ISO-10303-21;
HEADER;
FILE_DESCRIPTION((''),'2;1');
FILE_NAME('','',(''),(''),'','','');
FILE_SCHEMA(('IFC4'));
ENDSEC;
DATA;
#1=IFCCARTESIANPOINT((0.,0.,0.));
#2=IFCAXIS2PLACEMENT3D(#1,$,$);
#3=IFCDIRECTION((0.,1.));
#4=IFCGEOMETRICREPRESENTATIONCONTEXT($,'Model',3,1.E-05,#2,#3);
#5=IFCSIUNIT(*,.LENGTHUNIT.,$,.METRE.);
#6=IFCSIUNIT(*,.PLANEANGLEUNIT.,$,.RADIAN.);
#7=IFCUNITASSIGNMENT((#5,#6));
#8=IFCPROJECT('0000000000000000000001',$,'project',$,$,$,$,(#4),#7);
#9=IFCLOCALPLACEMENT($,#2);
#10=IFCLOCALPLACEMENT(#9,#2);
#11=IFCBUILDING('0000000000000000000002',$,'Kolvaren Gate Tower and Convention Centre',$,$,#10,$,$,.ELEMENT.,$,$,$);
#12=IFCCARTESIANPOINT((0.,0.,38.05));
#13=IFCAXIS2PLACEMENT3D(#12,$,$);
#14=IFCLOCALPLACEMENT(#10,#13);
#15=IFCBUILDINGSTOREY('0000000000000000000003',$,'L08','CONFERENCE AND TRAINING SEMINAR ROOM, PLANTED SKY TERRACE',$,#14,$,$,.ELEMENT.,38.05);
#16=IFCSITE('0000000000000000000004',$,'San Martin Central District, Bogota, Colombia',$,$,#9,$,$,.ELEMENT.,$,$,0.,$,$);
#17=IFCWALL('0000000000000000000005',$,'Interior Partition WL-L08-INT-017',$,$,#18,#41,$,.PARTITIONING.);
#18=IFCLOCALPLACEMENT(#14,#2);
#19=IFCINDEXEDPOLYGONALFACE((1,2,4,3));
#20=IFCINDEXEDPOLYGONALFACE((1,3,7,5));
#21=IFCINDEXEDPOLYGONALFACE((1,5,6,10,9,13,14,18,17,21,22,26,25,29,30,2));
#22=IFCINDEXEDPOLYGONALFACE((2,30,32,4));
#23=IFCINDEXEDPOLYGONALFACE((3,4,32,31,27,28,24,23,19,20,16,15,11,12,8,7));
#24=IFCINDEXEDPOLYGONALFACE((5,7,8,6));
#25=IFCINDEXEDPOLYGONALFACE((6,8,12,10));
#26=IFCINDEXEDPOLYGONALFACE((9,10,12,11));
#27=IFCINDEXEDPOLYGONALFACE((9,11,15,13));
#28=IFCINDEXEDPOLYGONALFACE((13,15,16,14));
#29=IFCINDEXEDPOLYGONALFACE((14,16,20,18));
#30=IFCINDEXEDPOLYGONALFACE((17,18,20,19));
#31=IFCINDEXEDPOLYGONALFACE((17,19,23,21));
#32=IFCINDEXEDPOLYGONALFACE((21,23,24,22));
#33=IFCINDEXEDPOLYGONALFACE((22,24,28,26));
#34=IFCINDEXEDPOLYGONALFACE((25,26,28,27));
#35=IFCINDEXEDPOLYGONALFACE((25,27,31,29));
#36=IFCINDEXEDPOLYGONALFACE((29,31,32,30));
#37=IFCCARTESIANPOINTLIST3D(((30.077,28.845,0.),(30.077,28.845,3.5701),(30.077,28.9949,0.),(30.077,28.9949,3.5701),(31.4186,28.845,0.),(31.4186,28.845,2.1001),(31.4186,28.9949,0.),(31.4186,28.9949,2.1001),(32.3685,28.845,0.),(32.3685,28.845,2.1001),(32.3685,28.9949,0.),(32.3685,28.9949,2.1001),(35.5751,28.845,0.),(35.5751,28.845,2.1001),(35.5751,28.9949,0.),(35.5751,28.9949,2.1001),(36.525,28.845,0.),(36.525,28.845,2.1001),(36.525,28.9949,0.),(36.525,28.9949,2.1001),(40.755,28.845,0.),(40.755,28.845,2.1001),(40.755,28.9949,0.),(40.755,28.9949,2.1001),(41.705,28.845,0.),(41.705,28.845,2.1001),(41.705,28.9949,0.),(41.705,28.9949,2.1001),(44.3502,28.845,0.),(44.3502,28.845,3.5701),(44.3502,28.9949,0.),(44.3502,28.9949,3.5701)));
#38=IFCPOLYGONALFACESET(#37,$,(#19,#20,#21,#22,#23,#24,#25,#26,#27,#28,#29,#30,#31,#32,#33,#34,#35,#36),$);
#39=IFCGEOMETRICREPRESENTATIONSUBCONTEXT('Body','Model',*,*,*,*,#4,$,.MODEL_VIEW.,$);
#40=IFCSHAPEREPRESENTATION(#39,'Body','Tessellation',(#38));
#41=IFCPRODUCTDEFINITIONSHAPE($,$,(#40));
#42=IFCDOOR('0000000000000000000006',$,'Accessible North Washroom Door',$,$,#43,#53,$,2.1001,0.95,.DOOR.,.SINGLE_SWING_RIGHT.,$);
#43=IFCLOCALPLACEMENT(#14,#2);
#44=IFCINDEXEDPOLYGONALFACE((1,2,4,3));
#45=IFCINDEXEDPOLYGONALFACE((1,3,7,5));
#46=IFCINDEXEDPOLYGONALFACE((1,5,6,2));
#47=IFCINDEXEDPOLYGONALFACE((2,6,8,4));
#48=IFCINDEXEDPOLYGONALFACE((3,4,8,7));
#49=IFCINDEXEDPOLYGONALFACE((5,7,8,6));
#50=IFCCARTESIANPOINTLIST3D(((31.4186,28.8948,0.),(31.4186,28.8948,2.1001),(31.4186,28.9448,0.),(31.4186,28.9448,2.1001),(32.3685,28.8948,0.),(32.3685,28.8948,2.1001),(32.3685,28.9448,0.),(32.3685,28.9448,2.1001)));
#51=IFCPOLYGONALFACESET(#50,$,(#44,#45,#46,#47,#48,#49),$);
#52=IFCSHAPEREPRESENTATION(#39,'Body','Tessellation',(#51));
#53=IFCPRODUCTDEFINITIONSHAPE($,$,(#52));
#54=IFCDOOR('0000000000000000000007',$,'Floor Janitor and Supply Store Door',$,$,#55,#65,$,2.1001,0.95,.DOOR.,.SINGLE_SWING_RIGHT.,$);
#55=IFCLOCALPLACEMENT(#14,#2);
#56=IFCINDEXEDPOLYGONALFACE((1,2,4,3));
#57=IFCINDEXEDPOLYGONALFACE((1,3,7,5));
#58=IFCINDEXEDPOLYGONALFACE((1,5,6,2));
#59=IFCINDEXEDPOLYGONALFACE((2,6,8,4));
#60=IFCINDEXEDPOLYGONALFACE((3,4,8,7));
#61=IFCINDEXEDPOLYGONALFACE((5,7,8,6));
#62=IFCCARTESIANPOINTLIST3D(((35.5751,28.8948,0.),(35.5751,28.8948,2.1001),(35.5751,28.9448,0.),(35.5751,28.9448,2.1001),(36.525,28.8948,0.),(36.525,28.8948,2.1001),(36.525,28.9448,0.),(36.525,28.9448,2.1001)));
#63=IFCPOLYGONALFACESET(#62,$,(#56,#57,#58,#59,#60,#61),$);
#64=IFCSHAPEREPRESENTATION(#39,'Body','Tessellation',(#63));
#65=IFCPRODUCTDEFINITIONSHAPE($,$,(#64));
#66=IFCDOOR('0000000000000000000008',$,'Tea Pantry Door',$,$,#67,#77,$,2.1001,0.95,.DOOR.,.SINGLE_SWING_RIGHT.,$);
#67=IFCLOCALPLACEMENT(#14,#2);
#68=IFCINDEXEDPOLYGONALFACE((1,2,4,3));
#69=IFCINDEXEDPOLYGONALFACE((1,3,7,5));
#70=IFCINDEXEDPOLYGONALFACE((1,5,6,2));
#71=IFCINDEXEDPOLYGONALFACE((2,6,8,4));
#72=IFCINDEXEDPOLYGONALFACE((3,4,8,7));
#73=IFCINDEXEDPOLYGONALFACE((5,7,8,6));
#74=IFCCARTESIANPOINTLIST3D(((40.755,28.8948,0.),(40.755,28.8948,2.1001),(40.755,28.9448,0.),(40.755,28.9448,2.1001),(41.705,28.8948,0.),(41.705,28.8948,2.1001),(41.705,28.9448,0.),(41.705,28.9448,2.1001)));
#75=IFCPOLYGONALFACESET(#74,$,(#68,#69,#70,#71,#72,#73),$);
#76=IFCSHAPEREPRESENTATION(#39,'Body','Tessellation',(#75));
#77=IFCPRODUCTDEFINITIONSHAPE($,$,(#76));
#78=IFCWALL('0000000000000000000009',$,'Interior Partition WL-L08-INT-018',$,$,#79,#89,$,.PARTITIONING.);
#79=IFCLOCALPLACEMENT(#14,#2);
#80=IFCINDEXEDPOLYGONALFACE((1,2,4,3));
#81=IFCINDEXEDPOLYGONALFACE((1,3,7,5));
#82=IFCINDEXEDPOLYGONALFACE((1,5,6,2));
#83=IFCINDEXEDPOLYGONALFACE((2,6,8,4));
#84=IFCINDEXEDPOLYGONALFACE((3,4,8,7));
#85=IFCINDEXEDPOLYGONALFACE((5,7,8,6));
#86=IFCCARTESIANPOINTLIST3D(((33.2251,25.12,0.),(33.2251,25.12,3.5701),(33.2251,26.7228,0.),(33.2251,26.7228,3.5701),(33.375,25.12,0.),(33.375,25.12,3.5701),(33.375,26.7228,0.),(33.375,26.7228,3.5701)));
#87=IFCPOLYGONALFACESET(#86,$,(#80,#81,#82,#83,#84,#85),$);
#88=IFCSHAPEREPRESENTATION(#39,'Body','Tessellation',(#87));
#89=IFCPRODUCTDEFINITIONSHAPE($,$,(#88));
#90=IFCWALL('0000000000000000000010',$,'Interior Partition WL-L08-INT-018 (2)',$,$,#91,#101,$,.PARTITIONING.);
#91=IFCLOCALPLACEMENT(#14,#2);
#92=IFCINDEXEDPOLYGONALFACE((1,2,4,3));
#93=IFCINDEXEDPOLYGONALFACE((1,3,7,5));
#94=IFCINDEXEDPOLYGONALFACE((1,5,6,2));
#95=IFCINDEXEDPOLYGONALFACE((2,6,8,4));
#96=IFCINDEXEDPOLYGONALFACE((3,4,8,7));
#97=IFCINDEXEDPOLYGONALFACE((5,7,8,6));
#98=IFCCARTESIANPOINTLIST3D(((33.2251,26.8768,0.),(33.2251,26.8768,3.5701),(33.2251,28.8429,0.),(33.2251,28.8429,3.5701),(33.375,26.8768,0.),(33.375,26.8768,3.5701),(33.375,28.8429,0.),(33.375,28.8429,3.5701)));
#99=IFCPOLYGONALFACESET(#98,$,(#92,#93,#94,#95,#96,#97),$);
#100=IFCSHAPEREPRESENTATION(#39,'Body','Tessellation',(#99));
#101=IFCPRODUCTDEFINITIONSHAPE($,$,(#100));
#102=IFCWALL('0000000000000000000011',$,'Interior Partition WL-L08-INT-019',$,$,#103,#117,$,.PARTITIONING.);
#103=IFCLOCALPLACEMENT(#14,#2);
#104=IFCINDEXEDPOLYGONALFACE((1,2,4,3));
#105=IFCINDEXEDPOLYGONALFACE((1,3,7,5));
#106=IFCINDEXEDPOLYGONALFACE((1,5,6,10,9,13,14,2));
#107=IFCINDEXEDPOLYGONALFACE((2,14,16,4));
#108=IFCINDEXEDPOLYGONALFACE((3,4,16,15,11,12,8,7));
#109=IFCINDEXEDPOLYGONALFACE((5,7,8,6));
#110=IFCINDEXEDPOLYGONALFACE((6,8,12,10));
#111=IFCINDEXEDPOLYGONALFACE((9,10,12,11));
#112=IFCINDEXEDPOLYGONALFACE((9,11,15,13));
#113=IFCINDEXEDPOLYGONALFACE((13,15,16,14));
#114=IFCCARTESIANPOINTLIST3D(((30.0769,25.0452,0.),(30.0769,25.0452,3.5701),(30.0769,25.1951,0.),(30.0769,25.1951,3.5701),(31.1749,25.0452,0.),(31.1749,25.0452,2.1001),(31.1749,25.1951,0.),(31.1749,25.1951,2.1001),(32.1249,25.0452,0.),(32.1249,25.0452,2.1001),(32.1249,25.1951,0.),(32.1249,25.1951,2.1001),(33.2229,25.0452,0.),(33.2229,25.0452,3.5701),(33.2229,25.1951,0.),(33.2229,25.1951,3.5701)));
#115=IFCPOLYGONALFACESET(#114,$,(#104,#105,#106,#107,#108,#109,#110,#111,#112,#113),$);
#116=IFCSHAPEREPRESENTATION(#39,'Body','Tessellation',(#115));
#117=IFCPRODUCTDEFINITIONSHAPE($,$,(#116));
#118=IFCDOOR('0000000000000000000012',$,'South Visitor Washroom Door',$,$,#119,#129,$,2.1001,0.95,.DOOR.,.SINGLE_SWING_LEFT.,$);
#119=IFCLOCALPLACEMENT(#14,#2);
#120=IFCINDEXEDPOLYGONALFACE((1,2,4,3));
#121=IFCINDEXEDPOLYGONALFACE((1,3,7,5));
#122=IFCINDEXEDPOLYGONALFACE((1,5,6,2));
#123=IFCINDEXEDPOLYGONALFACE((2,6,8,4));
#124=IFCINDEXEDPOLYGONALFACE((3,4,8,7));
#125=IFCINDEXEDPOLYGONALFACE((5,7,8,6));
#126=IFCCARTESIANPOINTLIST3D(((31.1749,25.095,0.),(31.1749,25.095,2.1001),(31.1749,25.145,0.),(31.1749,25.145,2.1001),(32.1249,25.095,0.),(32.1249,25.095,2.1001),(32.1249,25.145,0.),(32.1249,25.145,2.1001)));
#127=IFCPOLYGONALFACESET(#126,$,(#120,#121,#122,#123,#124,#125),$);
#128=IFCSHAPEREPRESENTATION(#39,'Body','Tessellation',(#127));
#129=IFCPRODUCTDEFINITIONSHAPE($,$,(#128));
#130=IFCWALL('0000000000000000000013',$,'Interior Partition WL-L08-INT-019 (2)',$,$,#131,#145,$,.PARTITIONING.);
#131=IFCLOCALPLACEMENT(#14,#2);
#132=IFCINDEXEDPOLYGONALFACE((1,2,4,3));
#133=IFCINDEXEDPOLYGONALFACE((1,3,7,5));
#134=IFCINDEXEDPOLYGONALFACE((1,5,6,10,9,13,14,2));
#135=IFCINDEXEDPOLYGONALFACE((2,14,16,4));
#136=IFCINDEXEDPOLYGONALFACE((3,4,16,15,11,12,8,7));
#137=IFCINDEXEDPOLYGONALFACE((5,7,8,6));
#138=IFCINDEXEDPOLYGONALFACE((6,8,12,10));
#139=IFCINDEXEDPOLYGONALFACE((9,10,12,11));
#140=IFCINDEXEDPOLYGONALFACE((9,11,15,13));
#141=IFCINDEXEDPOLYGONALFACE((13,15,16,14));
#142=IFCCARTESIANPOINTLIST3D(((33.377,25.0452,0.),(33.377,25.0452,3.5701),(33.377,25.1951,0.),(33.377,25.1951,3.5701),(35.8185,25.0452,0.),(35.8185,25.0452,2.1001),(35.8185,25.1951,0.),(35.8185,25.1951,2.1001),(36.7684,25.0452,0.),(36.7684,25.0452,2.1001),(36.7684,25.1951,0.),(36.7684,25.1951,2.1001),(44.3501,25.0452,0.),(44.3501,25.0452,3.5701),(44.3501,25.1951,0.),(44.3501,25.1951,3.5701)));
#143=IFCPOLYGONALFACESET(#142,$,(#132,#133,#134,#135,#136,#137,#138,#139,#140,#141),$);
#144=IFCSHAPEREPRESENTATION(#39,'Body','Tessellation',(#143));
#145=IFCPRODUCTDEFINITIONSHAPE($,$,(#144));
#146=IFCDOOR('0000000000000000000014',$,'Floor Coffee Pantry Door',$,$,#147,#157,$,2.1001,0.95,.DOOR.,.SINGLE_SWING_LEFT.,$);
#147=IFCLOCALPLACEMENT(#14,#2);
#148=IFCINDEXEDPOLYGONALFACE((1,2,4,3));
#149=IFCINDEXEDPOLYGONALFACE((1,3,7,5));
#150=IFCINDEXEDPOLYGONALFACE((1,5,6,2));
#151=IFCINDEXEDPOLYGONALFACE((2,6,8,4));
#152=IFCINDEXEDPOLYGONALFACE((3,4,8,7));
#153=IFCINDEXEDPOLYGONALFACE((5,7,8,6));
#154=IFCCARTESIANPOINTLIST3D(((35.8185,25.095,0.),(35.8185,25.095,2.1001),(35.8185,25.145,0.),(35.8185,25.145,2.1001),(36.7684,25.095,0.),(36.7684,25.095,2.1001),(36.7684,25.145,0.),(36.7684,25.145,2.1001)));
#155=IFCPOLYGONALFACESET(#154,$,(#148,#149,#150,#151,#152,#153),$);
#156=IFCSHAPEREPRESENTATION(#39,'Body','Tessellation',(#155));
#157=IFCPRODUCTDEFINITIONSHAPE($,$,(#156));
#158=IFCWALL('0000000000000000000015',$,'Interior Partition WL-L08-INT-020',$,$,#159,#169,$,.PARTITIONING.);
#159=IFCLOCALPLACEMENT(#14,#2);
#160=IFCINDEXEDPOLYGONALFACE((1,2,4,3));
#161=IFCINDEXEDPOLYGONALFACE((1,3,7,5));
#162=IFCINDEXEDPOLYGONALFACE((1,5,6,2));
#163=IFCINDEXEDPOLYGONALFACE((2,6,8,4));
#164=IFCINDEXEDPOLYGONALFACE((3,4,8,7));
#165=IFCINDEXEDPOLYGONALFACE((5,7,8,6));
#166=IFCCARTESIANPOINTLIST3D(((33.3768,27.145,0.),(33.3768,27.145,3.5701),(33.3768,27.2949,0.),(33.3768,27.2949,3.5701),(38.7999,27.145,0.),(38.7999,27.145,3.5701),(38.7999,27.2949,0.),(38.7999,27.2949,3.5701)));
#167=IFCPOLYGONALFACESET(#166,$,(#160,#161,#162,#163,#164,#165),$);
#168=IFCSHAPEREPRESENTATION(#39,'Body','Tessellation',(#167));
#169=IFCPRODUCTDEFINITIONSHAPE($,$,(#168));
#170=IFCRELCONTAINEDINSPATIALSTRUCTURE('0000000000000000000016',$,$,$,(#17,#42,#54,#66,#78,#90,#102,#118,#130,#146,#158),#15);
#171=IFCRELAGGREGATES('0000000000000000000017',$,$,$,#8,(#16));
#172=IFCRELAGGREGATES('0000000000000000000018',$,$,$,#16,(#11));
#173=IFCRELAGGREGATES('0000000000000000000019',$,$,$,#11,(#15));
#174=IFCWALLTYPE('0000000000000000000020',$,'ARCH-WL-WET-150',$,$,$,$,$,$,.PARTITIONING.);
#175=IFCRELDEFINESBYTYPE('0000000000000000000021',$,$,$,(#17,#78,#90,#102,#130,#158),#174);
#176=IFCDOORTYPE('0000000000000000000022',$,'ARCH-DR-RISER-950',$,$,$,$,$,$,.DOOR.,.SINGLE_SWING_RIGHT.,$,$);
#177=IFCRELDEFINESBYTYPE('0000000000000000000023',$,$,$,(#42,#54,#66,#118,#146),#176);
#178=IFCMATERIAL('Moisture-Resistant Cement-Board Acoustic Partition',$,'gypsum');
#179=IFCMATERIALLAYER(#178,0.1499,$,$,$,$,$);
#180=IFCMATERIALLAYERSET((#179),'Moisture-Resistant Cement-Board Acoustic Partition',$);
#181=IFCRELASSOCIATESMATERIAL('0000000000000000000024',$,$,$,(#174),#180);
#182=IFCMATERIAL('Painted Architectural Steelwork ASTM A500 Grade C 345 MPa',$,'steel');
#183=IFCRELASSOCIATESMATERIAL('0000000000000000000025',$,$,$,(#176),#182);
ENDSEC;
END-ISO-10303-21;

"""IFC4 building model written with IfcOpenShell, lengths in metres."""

from ifc_helpers import new_model, si_unit, direction, frame, frame_2d, origin, place, context, subcontext, project, spatial, rectangle, extrude, material, layer, layer_set, type_object, element, fill, save


model = new_model("IFC4")

# Units and contexts
model_context = context("Model", 3, precision=1e-05, world=origin(), true_north=direction((0.0, 1.0)))
body_context = subcontext(model_context, "Body", "Model", "MODEL_VIEW")
ifc_project = project(units=[si_unit("LENGTHUNIT", "METRE"), si_unit("PLANEANGLEUNIT", "RADIAN")], contexts=[model_context])

# Site, building, storey
site_placement = place(None, origin())
site = spatial("IfcSite", under=ifc_project, at=site_placement, Name="San Martin Central District, Bogota, Colombia", CompositionType="ELEMENT", RefElevation=0.0)
building_placement = place(site_placement, origin())
building = spatial("IfcBuilding", under=site, at=building_placement, Name="Kolvaren Gate Tower and Convention Centre", CompositionType="ELEMENT")
storey_placement = place(building_placement, frame((0.0, 0.0, 38.05)))
storey = spatial("IfcBuildingStorey", under=building, at=storey_placement, Name="L08", Description="CONFERENCE AND TRAINING SEMINAR ROOM, PLANTED SKY TERRACE", CompositionType="ELEMENT", Elevation=38.05)

# Shared definitions
ifc_material_1 = material(Name="Moisture-Resistant Cement-Board Acoustic Partition", Category="gypsum")
ifc_layer_1 = layer(ifc_material_1, 0.1499)
ifc_layer_set_1 = layer_set([ifc_layer_1], Name="Moisture-Resistant Cement-Board Acoustic Partition")
wall_type_1 = type_object("IfcWallType", Name="ARCH-WL-WET-150", PredefinedType="PARTITIONING", material=ifc_layer_set_1)

# Wall, openings, doors
wall_1_placement = place(storey_placement, frame((30.0769, 28.9199, 0.0), z_axis=(0.0, 0.0, 1.0), x_axis=(1.0, 0.0, 0.0)))
wall_1 = element("IfcWall", 1, at=wall_1_placement, inside=storey, type_object=wall_type_1, Name="Interior Partition WL-L08-INT-017", PredefinedType="PARTITIONING", context=body_context, shape_type="SweptSolid", body=[
    extrude(rectangle(XDim=14.2732, YDim=0.1499, at=frame_2d((7.1367, 0.0))), origin(), (0.0, 0.0, 1.0), 3.5701),
])
opening_1_placement = place(wall_1_placement, frame((1.3416, 0.0, 0.0)))
opening_1 = element("IfcOpeningElement", 2, at=opening_1_placement, cuts=wall_1, PredefinedType="OPENING", context=body_context, shape_type="SweptSolid", body=[
    extrude(rectangle(XDim=0.95, YDim=2.1001, at=frame_2d((0.4751, 1.05))), frame((0.0, 0.085, 0.0), z_axis=(0.0, -1.0, 0.0), x_axis=(1.0, 0.0, 0.0)), (0.0, 0.0, 1.0), 0.1699),
])
opening_2_placement = place(wall_1_placement, frame((5.498, 0.0, 0.0)))
opening_2 = element("IfcOpeningElement", 3, at=opening_2_placement, cuts=wall_1, PredefinedType="OPENING", context=body_context, shape_type="SweptSolid", body=[
    extrude(rectangle(XDim=0.95, YDim=2.1001, at=frame_2d((0.4751, 1.05))), frame((0.0, 0.085, 0.0), z_axis=(0.0, -1.0, 0.0), x_axis=(1.0, 0.0, 0.0)), (0.0, 0.0, 1.0), 0.1699),
])
opening_3_placement = place(wall_1_placement, frame((10.678, 0.0, 0.0)))
opening_3 = element("IfcOpeningElement", 4, at=opening_3_placement, cuts=wall_1, PredefinedType="OPENING", context=body_context, shape_type="SweptSolid", body=[
    extrude(rectangle(XDim=0.95, YDim=2.1001, at=frame_2d((0.4751, 1.05))), frame((0.0, 0.085, 0.0), z_axis=(0.0, -1.0, 0.0), x_axis=(1.0, 0.0, 0.0)), (0.0, 0.0, 1.0), 0.1699),
])
ifc_material_2 = material(Name="Painted Architectural Steelwork ASTM A500 Grade C 345 MPa", Category="steel")
door_type_1 = type_object("IfcDoorType", Name="ARCH-DR-RISER-950", OperationType="SINGLE_SWING_RIGHT", PredefinedType="DOOR", material=ifc_material_2)
door_1_placement = place(opening_1_placement, origin())
door_1 = element("IfcDoor", 5, at=door_1_placement, inside=storey, type_object=door_type_1, Name="Accessible North Washroom Door", OperationType="SINGLE_SWING_RIGHT", OverallHeight=2.1001, OverallWidth=0.95, PredefinedType="DOOR", context=body_context, shape_type="SweptSolid", body=[
    extrude(rectangle(XDim=0.95, YDim=2.1001, at=frame_2d((0.4751, 1.05))), frame((0.0, 0.0249, 0.0), z_axis=(0.0, -1.0, 0.0), x_axis=(1.0, 0.0, 0.0)), (0.0, 0.0, 1.0), 0.05),
])
fill(opening_1, door_1)
door_2_placement = place(opening_2_placement, origin())
door_2 = element("IfcDoor", 6, at=door_2_placement, inside=storey, type_object=door_type_1, Name="Floor Janitor and Supply Store Door", OperationType="SINGLE_SWING_RIGHT", OverallHeight=2.1001, OverallWidth=0.95, PredefinedType="DOOR", context=body_context, shape_type="SweptSolid", body=[
    extrude(rectangle(XDim=0.95, YDim=2.1001, at=frame_2d((0.4751, 1.05))), frame((0.0, 0.0249, 0.0), z_axis=(0.0, -1.0, 0.0), x_axis=(1.0, 0.0, 0.0)), (0.0, 0.0, 1.0), 0.05),
])
fill(opening_2, door_2)
door_3_placement = place(opening_3_placement, origin())
door_3 = element("IfcDoor", 7, at=door_3_placement, inside=storey, type_object=door_type_1, Name="Tea Pantry Door", OperationType="SINGLE_SWING_RIGHT", OverallHeight=2.1001, OverallWidth=0.95, PredefinedType="DOOR", context=body_context, shape_type="SweptSolid", body=[
    extrude(rectangle(XDim=0.95, YDim=2.1001, at=frame_2d((0.4751, 1.05))), frame((0.0, 0.0249, 0.0), z_axis=(0.0, -1.0, 0.0), x_axis=(1.0, 0.0, 0.0)), (0.0, 0.0, 1.0), 0.05),
])
fill(opening_3, door_3)

# Walls
wall_2_placement = place(storey_placement, frame((33.3, 25.1201, 0.0), z_axis=(0.0, 0.0, 1.0), x_axis=(0.0, 1.0, 0.0)))
element("IfcWall", 8, at=wall_2_placement, inside=storey, type_object=wall_type_1, Name="Interior Partition WL-L08-INT-018", PredefinedType="PARTITIONING", context=body_context, shape_type="SweptSolid", body=[
    extrude(rectangle(XDim=1.6028, YDim=0.1499, at=frame_2d((0.8013, 0.0))), origin(), (0.0, 0.0, 1.0), 3.5701),
])
wall_3_placement = place(storey_placement, frame((33.3, 26.877, 0.0), z_axis=(0.0, 0.0, 1.0), x_axis=(0.0, 1.0, 0.0)))
element("IfcWall", 9, at=wall_3_placement, inside=storey, type_object=wall_type_1, Name="Interior Partition WL-L08-INT-018 (2)", PredefinedType="PARTITIONING", context=body_context, shape_type="SweptSolid", body=[
    extrude(rectangle(XDim=1.9661, YDim=0.1499, at=frame_2d((0.9829, 0.0))), origin(), (0.0, 0.0, 1.0), 3.5701),
])

# Walls, openings, doors
wall_4_placement = place(storey_placement, frame((30.0769, 25.1201, 0.0), z_axis=(0.0, 0.0, 1.0), x_axis=(1.0, 0.0, 0.0)))
wall_4 = element("IfcWall", 10, at=wall_4_placement, inside=storey, type_object=wall_type_1, Name="Interior Partition WL-L08-INT-019", PredefinedType="PARTITIONING", context=body_context, shape_type="SweptSolid", body=[
    extrude(rectangle(XDim=3.146, YDim=0.1499, at=frame_2d((1.573, 0.0))), origin(), (0.0, 0.0, 1.0), 3.5701),
])
opening_4_placement = place(wall_4_placement, frame((1.0979, 0.0, 0.0)))
opening_4 = element("IfcOpeningElement", 11, at=opening_4_placement, cuts=wall_4, PredefinedType="OPENING", context=body_context, shape_type="SweptSolid", body=[
    extrude(rectangle(XDim=0.95, YDim=2.1001, at=frame_2d((0.4751, 1.05))), frame((0.0, 0.085, 0.0), z_axis=(0.0, -1.0, 0.0), x_axis=(1.0, 0.0, 0.0)), (0.0, 0.0, 1.0), 0.1699),
])
door_4_placement = place(opening_4_placement, origin())
door_4 = element("IfcDoor", 12, at=door_4_placement, inside=storey, type_object=door_type_1, Name="South Visitor Washroom Door", OperationType="SINGLE_SWING_LEFT", OverallHeight=2.1001, OverallWidth=0.95, PredefinedType="DOOR", context=body_context, shape_type="SweptSolid", body=[
    extrude(rectangle(XDim=0.95, YDim=2.1001, at=frame_2d((0.4751, 1.05))), frame((0.0, 0.0249, 0.0), z_axis=(0.0, -1.0, 0.0), x_axis=(1.0, 0.0, 0.0)), (0.0, 0.0, 1.0), 0.05),
])
fill(opening_4, door_4)
wall_5_placement = place(storey_placement, frame((33.377, 25.1201, 0.0), z_axis=(0.0, 0.0, 1.0), x_axis=(1.0, 0.0, 0.0)))
wall_5 = element("IfcWall", 13, at=wall_5_placement, inside=storey, type_object=wall_type_1, Name="Interior Partition WL-L08-INT-019 (2)", PredefinedType="PARTITIONING", context=body_context, shape_type="SweptSolid", body=[
    extrude(rectangle(XDim=10.9731, YDim=0.1499, at=frame_2d((5.4866, 0.0))), origin(), (0.0, 0.0, 1.0), 3.5701),
])
opening_5_placement = place(wall_5_placement, frame((2.4414, 0.0, 0.0)))
opening_5 = element("IfcOpeningElement", 14, at=opening_5_placement, cuts=wall_5, PredefinedType="OPENING", context=body_context, shape_type="SweptSolid", body=[
    extrude(rectangle(XDim=0.95, YDim=2.1001, at=frame_2d((0.4751, 1.05))), frame((0.0, 0.085, 0.0), z_axis=(0.0, -1.0, 0.0), x_axis=(1.0, 0.0, 0.0)), (0.0, 0.0, 1.0), 0.1699),
])
door_5_placement = place(opening_5_placement, origin())
door_5 = element("IfcDoor", 15, at=door_5_placement, inside=storey, type_object=door_type_1, Name="Floor Coffee Pantry Door", OperationType="SINGLE_SWING_LEFT", OverallHeight=2.1001, OverallWidth=0.95, PredefinedType="DOOR", context=body_context, shape_type="SweptSolid", body=[
    extrude(rectangle(XDim=0.95, YDim=2.1001, at=frame_2d((0.4751, 1.05))), frame((0.0, 0.0249, 0.0), z_axis=(0.0, -1.0, 0.0), x_axis=(1.0, 0.0, 0.0)), (0.0, 0.0, 1.0), 0.05),
])
fill(opening_5, door_5)

# Wall
wall_6_placement = place(storey_placement, frame((33.377, 27.22, 0.0), z_axis=(0.0, 0.0, 1.0), x_axis=(1.0, 0.0, 0.0)))
element("IfcWall", 16, at=wall_6_placement, inside=storey, type_object=wall_type_1, Name="Interior Partition WL-L08-INT-020", PredefinedType="PARTITIONING", context=body_context, shape_type="SweptSolid", body=[
    extrude(rectangle(XDim=5.4231, YDim=0.1499, at=frame_2d((2.7114, 0.0))), origin(), (0.0, 0.0, 1.0), 3.5701),
])

save(model, "model.ifc")
